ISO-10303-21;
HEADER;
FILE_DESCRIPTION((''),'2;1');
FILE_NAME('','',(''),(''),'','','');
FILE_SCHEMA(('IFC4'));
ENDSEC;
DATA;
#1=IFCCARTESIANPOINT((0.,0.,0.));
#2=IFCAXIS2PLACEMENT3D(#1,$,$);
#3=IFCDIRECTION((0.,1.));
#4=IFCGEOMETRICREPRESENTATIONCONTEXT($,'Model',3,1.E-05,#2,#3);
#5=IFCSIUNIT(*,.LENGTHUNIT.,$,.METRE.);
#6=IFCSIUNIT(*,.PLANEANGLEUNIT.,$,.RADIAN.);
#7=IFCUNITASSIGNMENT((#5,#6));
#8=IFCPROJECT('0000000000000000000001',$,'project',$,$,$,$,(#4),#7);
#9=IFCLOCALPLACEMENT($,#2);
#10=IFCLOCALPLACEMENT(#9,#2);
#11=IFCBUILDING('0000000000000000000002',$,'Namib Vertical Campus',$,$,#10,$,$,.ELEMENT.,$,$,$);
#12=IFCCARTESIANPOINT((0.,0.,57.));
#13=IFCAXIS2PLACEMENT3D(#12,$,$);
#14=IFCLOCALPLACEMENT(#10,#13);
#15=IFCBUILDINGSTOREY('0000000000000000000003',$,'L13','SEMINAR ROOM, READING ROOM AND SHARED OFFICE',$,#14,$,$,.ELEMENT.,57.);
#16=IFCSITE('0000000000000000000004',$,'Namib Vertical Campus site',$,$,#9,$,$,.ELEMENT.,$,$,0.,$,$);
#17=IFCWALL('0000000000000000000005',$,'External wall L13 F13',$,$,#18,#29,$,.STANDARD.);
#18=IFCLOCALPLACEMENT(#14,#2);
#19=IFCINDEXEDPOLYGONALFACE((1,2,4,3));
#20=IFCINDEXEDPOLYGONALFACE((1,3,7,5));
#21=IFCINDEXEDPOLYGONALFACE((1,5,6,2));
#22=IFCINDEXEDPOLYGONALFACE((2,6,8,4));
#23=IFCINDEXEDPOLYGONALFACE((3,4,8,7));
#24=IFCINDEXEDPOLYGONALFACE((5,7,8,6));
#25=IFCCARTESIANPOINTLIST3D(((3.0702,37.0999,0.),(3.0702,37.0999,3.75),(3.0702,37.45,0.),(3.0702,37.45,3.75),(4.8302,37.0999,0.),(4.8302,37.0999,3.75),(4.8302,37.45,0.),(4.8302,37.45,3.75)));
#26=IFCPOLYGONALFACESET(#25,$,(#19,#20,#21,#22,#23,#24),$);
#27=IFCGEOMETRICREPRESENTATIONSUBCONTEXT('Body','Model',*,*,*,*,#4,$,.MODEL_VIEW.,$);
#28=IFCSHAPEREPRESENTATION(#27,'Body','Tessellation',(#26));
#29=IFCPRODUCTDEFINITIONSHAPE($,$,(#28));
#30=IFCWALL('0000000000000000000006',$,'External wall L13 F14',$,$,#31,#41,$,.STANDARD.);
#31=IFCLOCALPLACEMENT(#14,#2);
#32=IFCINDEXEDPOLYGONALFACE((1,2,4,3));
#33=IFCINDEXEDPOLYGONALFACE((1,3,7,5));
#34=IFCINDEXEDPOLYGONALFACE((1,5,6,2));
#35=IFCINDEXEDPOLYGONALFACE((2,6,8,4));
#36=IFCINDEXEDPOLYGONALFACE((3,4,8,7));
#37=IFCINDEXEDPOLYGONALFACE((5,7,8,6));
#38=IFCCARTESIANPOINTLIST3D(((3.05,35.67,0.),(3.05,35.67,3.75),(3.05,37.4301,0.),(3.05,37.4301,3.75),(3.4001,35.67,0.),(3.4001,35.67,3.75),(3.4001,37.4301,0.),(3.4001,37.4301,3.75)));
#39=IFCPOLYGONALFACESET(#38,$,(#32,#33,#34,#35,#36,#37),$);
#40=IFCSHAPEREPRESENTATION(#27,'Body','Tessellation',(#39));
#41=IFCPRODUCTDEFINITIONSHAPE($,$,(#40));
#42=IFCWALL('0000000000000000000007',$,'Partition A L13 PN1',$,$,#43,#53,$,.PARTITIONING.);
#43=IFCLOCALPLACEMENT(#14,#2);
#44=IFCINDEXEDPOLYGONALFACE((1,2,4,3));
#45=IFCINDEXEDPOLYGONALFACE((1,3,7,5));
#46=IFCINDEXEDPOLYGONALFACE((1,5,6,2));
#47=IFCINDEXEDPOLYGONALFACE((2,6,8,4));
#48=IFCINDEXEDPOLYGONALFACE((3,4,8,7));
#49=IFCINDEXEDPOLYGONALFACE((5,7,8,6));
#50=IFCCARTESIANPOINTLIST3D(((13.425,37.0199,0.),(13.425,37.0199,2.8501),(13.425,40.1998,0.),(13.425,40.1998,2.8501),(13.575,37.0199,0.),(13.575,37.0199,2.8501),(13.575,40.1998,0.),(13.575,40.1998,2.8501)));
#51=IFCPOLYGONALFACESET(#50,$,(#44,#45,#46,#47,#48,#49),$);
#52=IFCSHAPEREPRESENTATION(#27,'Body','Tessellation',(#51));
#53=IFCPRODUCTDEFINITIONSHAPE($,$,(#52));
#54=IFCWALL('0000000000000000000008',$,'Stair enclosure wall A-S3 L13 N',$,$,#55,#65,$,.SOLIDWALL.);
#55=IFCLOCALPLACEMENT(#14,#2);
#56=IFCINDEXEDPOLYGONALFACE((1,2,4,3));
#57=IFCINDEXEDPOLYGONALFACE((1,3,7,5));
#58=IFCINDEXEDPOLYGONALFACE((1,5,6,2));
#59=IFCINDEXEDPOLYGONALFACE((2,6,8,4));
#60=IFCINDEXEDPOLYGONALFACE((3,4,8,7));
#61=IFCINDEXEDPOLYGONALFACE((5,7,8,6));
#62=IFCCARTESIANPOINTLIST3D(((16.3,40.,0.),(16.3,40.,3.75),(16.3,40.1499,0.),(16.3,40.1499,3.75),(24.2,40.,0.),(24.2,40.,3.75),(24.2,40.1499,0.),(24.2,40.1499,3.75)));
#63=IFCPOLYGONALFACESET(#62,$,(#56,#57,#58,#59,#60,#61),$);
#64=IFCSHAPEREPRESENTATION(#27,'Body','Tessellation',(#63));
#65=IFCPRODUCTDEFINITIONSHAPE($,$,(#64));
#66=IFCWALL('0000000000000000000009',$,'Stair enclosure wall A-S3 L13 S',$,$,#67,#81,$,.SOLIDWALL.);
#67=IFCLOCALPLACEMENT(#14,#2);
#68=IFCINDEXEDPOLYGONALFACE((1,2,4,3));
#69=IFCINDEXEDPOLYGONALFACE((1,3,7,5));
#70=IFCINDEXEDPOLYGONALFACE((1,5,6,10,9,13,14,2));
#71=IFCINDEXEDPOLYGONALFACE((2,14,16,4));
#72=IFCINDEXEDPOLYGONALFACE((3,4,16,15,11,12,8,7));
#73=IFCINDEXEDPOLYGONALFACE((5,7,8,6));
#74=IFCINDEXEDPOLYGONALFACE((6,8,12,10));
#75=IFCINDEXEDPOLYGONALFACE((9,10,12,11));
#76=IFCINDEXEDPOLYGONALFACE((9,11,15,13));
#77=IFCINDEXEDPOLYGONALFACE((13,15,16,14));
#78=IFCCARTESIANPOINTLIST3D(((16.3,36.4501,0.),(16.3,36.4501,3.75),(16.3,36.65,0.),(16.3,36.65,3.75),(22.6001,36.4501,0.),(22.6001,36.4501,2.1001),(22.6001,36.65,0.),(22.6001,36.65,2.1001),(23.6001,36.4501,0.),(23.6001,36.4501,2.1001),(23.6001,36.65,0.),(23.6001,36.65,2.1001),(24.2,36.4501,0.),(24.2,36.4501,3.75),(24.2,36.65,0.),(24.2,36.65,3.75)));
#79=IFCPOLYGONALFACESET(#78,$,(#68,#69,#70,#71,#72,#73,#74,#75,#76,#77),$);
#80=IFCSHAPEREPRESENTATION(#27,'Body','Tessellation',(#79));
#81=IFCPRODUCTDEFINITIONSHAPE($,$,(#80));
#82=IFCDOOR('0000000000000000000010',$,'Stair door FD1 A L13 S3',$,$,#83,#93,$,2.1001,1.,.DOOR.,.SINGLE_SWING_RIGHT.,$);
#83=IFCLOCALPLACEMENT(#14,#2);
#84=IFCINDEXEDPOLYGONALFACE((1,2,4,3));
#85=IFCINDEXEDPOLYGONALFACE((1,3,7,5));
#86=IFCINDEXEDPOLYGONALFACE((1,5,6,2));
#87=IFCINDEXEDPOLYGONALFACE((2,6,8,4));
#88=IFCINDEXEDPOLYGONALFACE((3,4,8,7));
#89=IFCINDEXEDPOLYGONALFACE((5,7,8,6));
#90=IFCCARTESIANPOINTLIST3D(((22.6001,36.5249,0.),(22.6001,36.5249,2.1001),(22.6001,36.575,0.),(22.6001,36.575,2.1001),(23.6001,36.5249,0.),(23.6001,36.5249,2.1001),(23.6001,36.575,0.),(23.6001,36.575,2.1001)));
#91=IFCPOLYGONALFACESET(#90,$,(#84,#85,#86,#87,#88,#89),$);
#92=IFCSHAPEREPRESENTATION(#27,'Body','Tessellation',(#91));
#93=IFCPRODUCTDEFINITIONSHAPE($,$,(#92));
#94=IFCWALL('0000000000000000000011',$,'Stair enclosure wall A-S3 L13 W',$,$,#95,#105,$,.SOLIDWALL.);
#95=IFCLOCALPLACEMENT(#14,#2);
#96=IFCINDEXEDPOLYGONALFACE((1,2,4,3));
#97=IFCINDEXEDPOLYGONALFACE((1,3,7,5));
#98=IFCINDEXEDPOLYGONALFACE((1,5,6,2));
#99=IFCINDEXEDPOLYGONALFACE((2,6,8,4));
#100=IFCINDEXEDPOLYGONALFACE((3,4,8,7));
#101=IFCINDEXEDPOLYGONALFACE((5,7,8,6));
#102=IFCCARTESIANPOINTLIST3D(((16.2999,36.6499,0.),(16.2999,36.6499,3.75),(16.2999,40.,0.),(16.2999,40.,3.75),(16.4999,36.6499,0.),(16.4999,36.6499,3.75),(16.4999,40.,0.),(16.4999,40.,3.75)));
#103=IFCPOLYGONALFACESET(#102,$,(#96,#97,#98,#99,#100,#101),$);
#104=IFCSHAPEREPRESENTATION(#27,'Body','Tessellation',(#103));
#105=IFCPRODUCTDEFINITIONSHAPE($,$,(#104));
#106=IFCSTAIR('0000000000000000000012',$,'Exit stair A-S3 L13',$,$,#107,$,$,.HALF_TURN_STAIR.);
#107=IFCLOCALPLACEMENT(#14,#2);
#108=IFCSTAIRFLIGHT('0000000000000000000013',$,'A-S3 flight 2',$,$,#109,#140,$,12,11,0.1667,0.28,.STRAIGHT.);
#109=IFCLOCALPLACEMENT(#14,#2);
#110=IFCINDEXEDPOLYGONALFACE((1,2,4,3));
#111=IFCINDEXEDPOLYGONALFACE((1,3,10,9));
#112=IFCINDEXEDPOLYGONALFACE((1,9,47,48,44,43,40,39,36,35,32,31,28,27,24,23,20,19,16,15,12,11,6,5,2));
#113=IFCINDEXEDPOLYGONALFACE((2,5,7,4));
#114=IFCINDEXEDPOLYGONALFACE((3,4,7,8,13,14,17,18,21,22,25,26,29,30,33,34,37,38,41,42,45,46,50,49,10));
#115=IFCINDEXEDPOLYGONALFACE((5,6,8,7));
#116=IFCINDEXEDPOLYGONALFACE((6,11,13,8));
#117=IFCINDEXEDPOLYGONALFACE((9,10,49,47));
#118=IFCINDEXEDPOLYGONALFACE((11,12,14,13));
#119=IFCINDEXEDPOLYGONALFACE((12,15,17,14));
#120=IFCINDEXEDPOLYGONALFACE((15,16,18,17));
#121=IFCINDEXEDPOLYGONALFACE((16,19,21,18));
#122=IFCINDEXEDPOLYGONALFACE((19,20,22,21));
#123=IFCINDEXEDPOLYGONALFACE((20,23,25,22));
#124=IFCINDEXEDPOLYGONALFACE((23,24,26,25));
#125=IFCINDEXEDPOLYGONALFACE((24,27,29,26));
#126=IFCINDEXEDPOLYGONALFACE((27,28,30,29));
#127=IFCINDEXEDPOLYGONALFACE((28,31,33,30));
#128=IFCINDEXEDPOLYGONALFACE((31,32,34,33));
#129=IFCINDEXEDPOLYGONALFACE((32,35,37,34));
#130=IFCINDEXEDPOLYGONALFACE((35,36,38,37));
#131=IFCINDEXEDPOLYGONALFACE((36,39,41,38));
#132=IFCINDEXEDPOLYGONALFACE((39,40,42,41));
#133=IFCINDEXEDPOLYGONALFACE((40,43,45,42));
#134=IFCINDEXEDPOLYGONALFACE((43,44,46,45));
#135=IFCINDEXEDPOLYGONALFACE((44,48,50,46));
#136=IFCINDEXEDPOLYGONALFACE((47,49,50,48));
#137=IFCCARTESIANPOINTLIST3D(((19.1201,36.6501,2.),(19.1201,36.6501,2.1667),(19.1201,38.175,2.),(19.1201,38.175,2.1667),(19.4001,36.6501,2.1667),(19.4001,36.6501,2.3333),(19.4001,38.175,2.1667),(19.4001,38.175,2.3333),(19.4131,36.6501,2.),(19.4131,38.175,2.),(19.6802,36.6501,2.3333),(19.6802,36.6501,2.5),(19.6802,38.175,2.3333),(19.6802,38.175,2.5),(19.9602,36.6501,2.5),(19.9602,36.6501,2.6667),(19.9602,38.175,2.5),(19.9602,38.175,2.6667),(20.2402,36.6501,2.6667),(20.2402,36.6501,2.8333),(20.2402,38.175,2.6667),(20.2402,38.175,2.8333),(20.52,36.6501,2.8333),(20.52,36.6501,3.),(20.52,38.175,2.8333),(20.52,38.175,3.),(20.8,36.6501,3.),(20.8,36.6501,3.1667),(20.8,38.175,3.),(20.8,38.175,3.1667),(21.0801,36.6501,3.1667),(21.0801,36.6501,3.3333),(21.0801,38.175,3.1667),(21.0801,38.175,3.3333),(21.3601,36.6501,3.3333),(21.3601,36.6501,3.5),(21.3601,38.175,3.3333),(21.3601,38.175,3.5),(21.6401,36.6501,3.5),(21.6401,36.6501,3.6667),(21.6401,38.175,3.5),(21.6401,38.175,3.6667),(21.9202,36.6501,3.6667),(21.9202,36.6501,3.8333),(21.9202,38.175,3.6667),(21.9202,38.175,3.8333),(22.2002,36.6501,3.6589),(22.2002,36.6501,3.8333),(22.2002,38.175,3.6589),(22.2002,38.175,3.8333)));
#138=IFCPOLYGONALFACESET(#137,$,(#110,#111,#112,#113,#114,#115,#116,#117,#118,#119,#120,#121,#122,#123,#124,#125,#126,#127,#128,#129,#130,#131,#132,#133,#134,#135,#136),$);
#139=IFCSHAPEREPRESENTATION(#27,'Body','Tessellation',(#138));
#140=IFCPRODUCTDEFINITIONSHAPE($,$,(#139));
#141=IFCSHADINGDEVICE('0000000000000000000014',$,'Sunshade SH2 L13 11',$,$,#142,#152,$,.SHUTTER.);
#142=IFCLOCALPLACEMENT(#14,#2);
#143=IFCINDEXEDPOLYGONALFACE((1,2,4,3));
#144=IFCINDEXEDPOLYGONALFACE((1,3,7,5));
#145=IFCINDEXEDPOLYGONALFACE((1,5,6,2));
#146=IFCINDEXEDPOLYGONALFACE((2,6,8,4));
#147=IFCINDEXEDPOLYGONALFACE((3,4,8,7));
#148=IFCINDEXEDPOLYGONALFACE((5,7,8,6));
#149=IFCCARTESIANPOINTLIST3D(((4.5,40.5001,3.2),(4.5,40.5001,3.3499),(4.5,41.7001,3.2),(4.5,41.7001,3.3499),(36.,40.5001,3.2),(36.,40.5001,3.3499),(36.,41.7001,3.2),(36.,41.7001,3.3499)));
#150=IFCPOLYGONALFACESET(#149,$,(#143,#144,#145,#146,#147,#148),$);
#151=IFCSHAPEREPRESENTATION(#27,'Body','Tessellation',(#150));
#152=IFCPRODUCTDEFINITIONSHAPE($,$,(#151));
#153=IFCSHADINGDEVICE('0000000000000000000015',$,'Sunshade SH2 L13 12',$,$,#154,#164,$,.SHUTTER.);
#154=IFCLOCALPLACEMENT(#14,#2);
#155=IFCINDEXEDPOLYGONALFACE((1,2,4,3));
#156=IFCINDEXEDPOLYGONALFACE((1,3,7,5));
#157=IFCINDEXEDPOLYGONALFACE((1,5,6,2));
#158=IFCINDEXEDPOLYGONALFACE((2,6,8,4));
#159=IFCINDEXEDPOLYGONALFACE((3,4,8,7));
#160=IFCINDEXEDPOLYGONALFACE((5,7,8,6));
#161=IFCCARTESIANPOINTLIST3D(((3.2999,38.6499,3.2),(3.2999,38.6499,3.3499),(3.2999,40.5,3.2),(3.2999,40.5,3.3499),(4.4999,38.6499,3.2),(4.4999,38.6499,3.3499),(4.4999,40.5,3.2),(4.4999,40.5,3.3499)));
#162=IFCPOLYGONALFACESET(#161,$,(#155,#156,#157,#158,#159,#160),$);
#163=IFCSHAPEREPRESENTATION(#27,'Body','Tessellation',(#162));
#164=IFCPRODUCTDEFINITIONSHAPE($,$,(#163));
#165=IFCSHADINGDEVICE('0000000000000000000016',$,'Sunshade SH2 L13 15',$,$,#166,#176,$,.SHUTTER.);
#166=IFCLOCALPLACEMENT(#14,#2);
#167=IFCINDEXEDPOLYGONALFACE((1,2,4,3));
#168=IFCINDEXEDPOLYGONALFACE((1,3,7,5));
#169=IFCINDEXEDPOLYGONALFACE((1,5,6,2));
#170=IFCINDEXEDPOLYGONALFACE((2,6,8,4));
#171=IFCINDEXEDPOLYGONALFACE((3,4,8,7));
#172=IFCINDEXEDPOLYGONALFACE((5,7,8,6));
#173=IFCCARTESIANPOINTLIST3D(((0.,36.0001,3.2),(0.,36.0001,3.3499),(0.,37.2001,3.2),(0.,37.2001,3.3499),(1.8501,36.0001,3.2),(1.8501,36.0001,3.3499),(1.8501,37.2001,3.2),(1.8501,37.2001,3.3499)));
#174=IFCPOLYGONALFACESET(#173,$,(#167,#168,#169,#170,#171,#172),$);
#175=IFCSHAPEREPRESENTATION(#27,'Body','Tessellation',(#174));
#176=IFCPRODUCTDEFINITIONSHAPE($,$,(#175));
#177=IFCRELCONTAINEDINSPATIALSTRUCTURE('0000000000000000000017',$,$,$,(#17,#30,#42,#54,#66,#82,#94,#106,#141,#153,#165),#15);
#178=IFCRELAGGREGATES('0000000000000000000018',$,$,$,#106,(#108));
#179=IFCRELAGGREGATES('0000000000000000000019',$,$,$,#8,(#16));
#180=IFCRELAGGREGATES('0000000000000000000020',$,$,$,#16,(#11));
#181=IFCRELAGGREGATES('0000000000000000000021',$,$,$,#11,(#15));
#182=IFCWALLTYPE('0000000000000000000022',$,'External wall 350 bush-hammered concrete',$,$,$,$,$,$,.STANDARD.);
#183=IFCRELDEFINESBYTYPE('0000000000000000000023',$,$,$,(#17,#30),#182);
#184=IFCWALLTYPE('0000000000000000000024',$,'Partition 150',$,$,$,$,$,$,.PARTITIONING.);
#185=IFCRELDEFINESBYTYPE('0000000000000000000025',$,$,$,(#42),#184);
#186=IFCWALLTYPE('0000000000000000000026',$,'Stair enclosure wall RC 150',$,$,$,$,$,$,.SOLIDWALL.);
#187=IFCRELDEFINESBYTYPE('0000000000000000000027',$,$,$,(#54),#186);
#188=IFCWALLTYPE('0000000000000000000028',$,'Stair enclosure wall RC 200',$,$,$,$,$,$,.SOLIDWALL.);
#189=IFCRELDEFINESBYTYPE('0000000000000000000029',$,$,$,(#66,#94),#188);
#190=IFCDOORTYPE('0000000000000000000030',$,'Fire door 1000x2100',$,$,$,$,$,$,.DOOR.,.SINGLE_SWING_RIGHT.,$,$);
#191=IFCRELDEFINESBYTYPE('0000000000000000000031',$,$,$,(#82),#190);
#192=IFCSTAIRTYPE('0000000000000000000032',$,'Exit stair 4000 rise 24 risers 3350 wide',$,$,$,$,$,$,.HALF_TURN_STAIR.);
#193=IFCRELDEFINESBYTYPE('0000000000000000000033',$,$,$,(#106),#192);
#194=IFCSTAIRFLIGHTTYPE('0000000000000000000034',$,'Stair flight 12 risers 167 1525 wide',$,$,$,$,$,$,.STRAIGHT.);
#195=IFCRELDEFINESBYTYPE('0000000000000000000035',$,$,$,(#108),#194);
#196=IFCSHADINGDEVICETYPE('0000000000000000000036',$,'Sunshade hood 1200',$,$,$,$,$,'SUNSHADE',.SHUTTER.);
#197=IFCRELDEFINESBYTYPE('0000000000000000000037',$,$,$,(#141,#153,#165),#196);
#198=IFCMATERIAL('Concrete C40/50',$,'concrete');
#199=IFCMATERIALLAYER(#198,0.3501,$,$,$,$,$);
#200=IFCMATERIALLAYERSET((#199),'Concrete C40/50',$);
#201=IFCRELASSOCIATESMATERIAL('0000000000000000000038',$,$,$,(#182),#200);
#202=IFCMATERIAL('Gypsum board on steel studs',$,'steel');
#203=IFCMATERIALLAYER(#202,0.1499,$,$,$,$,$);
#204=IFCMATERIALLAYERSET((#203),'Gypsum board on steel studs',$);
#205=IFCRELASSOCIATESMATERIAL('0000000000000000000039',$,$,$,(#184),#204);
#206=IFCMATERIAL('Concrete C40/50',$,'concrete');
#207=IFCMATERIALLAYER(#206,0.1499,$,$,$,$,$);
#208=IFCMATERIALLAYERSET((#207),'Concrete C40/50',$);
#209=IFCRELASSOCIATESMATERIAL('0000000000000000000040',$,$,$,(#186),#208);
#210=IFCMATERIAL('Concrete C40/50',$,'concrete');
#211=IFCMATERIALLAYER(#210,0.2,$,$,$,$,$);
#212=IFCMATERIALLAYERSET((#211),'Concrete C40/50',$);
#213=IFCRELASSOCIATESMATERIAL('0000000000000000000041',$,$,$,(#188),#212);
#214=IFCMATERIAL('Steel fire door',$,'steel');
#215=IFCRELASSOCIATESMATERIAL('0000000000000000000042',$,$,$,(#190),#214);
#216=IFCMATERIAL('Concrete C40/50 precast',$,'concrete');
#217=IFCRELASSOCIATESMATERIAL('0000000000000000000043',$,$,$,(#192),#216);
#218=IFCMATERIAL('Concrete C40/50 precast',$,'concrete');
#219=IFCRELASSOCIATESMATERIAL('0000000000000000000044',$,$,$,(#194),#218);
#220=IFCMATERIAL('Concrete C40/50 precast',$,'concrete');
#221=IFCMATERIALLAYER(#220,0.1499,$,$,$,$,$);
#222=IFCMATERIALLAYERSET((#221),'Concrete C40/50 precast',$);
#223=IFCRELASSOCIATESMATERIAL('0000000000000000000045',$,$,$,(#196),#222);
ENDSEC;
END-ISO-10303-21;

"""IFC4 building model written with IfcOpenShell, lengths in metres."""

from ifc_helpers import new_model, si_unit, direction, frame, frame_2d, origin, origin_2d, place, context, subcontext, project, spatial, polyline, rectangle, outline, extrude, material, layer, layer_set, type_object, element, fill, aggregate, save


model = new_model("IFC4")

# Units and contexts
model_context = context("Model", 3, precision=1e-05, world=origin(), true_north=direction((0.0, 1.0)))
body_context = subcontext(model_context, "Body", "Model", "MODEL_VIEW")
ifc_project = project(units=[si_unit("LENGTHUNIT", "METRE"), si_unit("PLANEANGLEUNIT", "RADIAN")], contexts=[model_context])

# Site, building, storey
site_placement = place(None, origin())
site = spatial("IfcSite", under=ifc_project, at=site_placement, Name="Namib Vertical Campus site", CompositionType="ELEMENT", RefElevation=0.0)
building_placement = place(site_placement, origin())
building = spatial("IfcBuilding", under=site, at=building_placement, Name="Namib Vertical Campus", CompositionType="ELEMENT")
storey_placement = place(building_placement, frame((0.0, 0.0, 57.0)))
storey = spatial("IfcBuildingStorey", under=building, at=storey_placement, Name="L13", Description="SEMINAR ROOM, READING ROOM AND SHARED OFFICE", CompositionType="ELEMENT", Elevation=57.0)

# Walls
ifc_material_1 = material(Name="Concrete C40/50", Category="concrete")
ifc_layer_1 = layer(ifc_material_1, 0.3501)
ifc_layer_set_1 = layer_set([ifc_layer_1], Name="Concrete C40/50")
wall_type_1 = type_object("IfcWallType", Name="External wall 350 bush-hammered concrete", PredefinedType="STANDARD", material=ifc_layer_set_1)
for number, where, z_axis, x_axis, name in (
    (1, (4.8301, 37.2749, 0.0), (0.0, 0.0, 1.0), (-1.0, 0.0, 0.0), "External wall L13 F13"),
    (2, (3.2251, 37.4299, 0.0), (0.0, 0.0, 1.0), (0.0, -1.0, 0.0), "External wall L13 F14"),
):
    element("IfcWall", number, at=place(storey_placement, frame(where, z_axis=z_axis, x_axis=x_axis)), inside=storey, type_object=wall_type_1, Name=name, PredefinedType="STANDARD", context=body_context, shape_type="SweptSolid", body=[
        extrude(rectangle(XDim=1.76, YDim=0.3501, at=frame_2d((0.8799, 0.0))), origin(), (0.0, 0.0, 1.0), 3.75),
    ])
ifc_material_2 = material(Name="Gypsum board on steel studs", Category="steel")
ifc_layer_2 = layer(ifc_material_2, 0.1499)
ifc_layer_set_2 = layer_set([ifc_layer_2], Name="Gypsum board on steel studs")
wall_type_2 = type_object("IfcWallType", Name="Partition 150", PredefinedType="PARTITIONING", material=ifc_layer_set_2)
wall_1_placement = place(storey_placement, frame((13.5, 37.02, 0.0), z_axis=(0.0, 0.0, 1.0), x_axis=(0.0, 1.0, 0.0)))
element("IfcWall", 3, at=wall_1_placement, inside=storey, type_object=wall_type_2, Name="Partition A L13 PN1", PredefinedType="PARTITIONING", context=body_context, shape_type="SweptSolid", body=[
    extrude(rectangle(XDim=3.1799, YDim=0.1499, at=frame_2d((1.5898, 0.0))), origin(), (0.0, 0.0, 1.0), 2.8501),
])
ifc_material_3 = material(Name="Concrete C40/50", Category="concrete")
ifc_layer_3 = layer(ifc_material_3, 0.1499)
ifc_layer_set_3 = layer_set([ifc_layer_3], Name="Concrete C40/50")
wall_type_3 = type_object("IfcWallType", Name="Stair enclosure wall RC 150", PredefinedType="SOLIDWALL", material=ifc_layer_set_3)
wall_2_placement = place(storey_placement, frame((16.3, 40.075, 0.0), z_axis=(0.0, 0.0, 1.0), x_axis=(1.0, 0.0, 0.0)))
element("IfcWall", 4, at=wall_2_placement, inside=storey, type_object=wall_type_3, Name="Stair enclosure wall A-S3 L13 N", PredefinedType="SOLIDWALL", context=body_context, shape_type="SweptSolid", body=[
    extrude(rectangle(XDim=7.8999, YDim=0.1499, at=frame_2d((3.95, 0.0))), origin(), (0.0, 0.0, 1.0), 3.75),
])

# Wall, opening, door
ifc_material_4 = material(Name="Concrete C40/50", Category="concrete")
ifc_layer_4 = layer(ifc_material_4, 0.2)
ifc_layer_set_4 = layer_set([ifc_layer_4], Name="Concrete C40/50")
wall_type_4 = type_object("IfcWallType", Name="Stair enclosure wall RC 200", PredefinedType="SOLIDWALL", material=ifc_layer_set_4)
wall_3_placement = place(storey_placement, frame((16.3, 36.55, 0.0), z_axis=(0.0, 0.0, 1.0), x_axis=(1.0, 0.0, 0.0)))
wall_3 = element("IfcWall", 5, at=wall_3_placement, inside=storey, type_object=wall_type_4, Name="Stair enclosure wall A-S3 L13 S", PredefinedType="SOLIDWALL", context=body_context, shape_type="SweptSolid", body=[
    extrude(rectangle(XDim=7.8999, YDim=0.2, at=frame_2d((3.95, 0.0))), origin(), (0.0, 0.0, 1.0), 3.75),
])
opening_placement = place(wall_3_placement, frame((6.3, 0.0, 0.0)))
opening = element("IfcOpeningElement", 6, at=opening_placement, cuts=wall_3, PredefinedType="OPENING", context=body_context, shape_type="SweptSolid", body=[
    extrude(rectangle(XDim=1.0, YDim=2.1001, at=frame_2d((0.5, 1.05))), frame((0.0, 0.1099, 0.0), z_axis=(0.0, -1.0, 0.0), x_axis=(1.0, 0.0, 0.0)), (0.0, 0.0, 1.0), 0.22),
])
ifc_material_5 = material(Name="Steel fire door", Category="steel")
door_type = type_object("IfcDoorType", Name="Fire door 1000x2100", OperationType="SINGLE_SWING_RIGHT", PredefinedType="DOOR", material=ifc_material_5)
door_placement = place(opening_placement, origin())
door = element("IfcDoor", 7, at=door_placement, inside=storey, type_object=door_type, Name="Stair door FD1 A L13 S3", OperationType="SINGLE_SWING_RIGHT", OverallHeight=2.1001, OverallWidth=1.0, PredefinedType="DOOR", context=body_context, shape_type="SweptSolid", body=[
    extrude(rectangle(XDim=1.0, YDim=2.1001, at=frame_2d((0.5, 1.05))), frame((0.0, 0.0249, 0.0), z_axis=(0.0, -1.0, 0.0), x_axis=(1.0, 0.0, 0.0)), (0.0, 0.0, 1.0), 0.05),
])
fill(opening, door)

# Wall
wall_4_placement = place(storey_placement, frame((16.3999, 36.6499, 0.0), z_axis=(0.0, 0.0, 1.0), x_axis=(0.0, 1.0, 0.0)))
element("IfcWall", 8, at=wall_4_placement, inside=storey, type_object=wall_type_4, Name="Stair enclosure wall A-S3 L13 W", PredefinedType="SOLIDWALL", context=body_context, shape_type="SweptSolid", body=[
    extrude(rectangle(XDim=3.3501, YDim=0.2, at=frame_2d((1.675, 0.0))), origin(), (0.0, 0.0, 1.0), 3.75),
])

# Stair, stair flight
ifc_material_6 = material(Name="Concrete C40/50 precast", Category="concrete")
stair_type = type_object("IfcStairType", Name="Exit stair 4000 rise 24 risers 3350 wide", PredefinedType="HALF_TURN_STAIR", material=ifc_material_6)
stair_placement = place(storey_placement, origin())
stair = element("IfcStair", 9, at=stair_placement, inside=storey, type_object=stair_type, Name="Exit stair A-S3 L13", PredefinedType="HALF_TURN_STAIR")
ifc_material_7 = material(Name="Concrete C40/50 precast", Category="concrete")
stair_flight_type = type_object("IfcStairFlightType", Name="Stair flight 12 risers 167 1525 wide", PredefinedType="STRAIGHT", material=ifc_material_7)
stair_flight_placement = place(storey_placement, frame((19.1201, 37.4126, 2.0), z_axis=(0.0, 0.0, 1.0), x_axis=(1.0, 0.0, 0.0)))
stair_flight = element("IfcStairFlight", 10, at=stair_flight_placement, type_object=stair_flight_type, Name="A-S3 flight 2", NumberOfRisers=12, NumberOfTreads=11, PredefinedType="STRAIGHT", RiserHeight=0.1667, TreadLength=0.28, context=body_context, shape_type="SweptSolid", body=[
    extrude(outline(polyline([(0.0, 0.0), (0.0, 0.1667), (0.28, 0.1667), (0.28, 0.3333), (0.5601, 0.3333), (0.5601, 0.5), (0.8401, 0.5), (0.8401, 0.6667), (1.1201, 0.6667), (1.1201, 0.8333), (1.3999, 0.8333), (1.3999, 1.0), (1.6799, 1.0), (1.6799, 1.1667), (1.96, 1.1667), (1.96, 1.3333), (2.24, 1.3333), (2.24, 1.5), (2.52, 1.5), (2.52, 1.6667), (2.8, 1.6667), (2.8, 1.8333), (3.0801, 1.8333), (3.0801, 2.0), (3.0801, 1.6589), (0.293, 0.0), (0.0, 0.0)])), frame((0.0, 0.7625, 0.0), z_axis=(0.0, -1.0, 0.0), x_axis=(1.0, 0.0, 0.0)), (0.0, 0.0, 1.0), 1.5249),
])
aggregate(stair, [stair_flight])

# Shading devices
ifc_material_8 = material(Name="Concrete C40/50 precast", Category="concrete")
ifc_layer_5 = layer(ifc_material_8, 0.1499)
ifc_layer_set_5 = layer_set([ifc_layer_5], Name="Concrete C40/50 precast")
shading_device_type = type_object("IfcShadingDeviceType", Name="Sunshade hood 1200", ElementType="SUNSHADE", PredefinedType="SHUTTER", material=ifc_layer_set_5)
shading_device_placement = place(storey_placement, frame((20.25, 41.1001, 3.2), z_axis=(0.0, 0.0, 1.0), x_axis=(-1.0, 0.0, 0.0)))
element("IfcShadingDevice", 11, at=shading_device_placement, inside=storey, type_object=shading_device_type, Name="Sunshade SH2 L13 11", PredefinedType="SHUTTER", context=body_context, shape_type="SweptSolid", body=[
    extrude(rectangle(XDim=31.5, YDim=1.2, at=origin_2d()), origin(), (0.0, 0.0, 1.0), 0.1499),
])
for number, where, z_axis, x_axis, name in (
    (12, (3.8999, 39.575, 3.2), (0.0, 0.0, 1.0), (0.0, -1.0, 0.0), "Sunshade SH2 L13 12"),
    (13, (0.925, 36.6001, 3.2), (0.0, 0.0, 1.0), (-1.0, 0.0, 0.0), "Sunshade SH2 L13 15"),
):
    element("IfcShadingDevice", number, at=place(storey_placement, frame(where, z_axis=z_axis, x_axis=x_axis)), inside=storey, type_object=shading_device_type, Name=name, PredefinedType="SHUTTER", context=body_context, shape_type="SweptSolid", body=[
        extrude(rectangle(XDim=1.8501, YDim=1.2, at=origin_2d()), origin(), (0.0, 0.0, 1.0), 0.1499),
    ])

save(model, "model.ifc")
